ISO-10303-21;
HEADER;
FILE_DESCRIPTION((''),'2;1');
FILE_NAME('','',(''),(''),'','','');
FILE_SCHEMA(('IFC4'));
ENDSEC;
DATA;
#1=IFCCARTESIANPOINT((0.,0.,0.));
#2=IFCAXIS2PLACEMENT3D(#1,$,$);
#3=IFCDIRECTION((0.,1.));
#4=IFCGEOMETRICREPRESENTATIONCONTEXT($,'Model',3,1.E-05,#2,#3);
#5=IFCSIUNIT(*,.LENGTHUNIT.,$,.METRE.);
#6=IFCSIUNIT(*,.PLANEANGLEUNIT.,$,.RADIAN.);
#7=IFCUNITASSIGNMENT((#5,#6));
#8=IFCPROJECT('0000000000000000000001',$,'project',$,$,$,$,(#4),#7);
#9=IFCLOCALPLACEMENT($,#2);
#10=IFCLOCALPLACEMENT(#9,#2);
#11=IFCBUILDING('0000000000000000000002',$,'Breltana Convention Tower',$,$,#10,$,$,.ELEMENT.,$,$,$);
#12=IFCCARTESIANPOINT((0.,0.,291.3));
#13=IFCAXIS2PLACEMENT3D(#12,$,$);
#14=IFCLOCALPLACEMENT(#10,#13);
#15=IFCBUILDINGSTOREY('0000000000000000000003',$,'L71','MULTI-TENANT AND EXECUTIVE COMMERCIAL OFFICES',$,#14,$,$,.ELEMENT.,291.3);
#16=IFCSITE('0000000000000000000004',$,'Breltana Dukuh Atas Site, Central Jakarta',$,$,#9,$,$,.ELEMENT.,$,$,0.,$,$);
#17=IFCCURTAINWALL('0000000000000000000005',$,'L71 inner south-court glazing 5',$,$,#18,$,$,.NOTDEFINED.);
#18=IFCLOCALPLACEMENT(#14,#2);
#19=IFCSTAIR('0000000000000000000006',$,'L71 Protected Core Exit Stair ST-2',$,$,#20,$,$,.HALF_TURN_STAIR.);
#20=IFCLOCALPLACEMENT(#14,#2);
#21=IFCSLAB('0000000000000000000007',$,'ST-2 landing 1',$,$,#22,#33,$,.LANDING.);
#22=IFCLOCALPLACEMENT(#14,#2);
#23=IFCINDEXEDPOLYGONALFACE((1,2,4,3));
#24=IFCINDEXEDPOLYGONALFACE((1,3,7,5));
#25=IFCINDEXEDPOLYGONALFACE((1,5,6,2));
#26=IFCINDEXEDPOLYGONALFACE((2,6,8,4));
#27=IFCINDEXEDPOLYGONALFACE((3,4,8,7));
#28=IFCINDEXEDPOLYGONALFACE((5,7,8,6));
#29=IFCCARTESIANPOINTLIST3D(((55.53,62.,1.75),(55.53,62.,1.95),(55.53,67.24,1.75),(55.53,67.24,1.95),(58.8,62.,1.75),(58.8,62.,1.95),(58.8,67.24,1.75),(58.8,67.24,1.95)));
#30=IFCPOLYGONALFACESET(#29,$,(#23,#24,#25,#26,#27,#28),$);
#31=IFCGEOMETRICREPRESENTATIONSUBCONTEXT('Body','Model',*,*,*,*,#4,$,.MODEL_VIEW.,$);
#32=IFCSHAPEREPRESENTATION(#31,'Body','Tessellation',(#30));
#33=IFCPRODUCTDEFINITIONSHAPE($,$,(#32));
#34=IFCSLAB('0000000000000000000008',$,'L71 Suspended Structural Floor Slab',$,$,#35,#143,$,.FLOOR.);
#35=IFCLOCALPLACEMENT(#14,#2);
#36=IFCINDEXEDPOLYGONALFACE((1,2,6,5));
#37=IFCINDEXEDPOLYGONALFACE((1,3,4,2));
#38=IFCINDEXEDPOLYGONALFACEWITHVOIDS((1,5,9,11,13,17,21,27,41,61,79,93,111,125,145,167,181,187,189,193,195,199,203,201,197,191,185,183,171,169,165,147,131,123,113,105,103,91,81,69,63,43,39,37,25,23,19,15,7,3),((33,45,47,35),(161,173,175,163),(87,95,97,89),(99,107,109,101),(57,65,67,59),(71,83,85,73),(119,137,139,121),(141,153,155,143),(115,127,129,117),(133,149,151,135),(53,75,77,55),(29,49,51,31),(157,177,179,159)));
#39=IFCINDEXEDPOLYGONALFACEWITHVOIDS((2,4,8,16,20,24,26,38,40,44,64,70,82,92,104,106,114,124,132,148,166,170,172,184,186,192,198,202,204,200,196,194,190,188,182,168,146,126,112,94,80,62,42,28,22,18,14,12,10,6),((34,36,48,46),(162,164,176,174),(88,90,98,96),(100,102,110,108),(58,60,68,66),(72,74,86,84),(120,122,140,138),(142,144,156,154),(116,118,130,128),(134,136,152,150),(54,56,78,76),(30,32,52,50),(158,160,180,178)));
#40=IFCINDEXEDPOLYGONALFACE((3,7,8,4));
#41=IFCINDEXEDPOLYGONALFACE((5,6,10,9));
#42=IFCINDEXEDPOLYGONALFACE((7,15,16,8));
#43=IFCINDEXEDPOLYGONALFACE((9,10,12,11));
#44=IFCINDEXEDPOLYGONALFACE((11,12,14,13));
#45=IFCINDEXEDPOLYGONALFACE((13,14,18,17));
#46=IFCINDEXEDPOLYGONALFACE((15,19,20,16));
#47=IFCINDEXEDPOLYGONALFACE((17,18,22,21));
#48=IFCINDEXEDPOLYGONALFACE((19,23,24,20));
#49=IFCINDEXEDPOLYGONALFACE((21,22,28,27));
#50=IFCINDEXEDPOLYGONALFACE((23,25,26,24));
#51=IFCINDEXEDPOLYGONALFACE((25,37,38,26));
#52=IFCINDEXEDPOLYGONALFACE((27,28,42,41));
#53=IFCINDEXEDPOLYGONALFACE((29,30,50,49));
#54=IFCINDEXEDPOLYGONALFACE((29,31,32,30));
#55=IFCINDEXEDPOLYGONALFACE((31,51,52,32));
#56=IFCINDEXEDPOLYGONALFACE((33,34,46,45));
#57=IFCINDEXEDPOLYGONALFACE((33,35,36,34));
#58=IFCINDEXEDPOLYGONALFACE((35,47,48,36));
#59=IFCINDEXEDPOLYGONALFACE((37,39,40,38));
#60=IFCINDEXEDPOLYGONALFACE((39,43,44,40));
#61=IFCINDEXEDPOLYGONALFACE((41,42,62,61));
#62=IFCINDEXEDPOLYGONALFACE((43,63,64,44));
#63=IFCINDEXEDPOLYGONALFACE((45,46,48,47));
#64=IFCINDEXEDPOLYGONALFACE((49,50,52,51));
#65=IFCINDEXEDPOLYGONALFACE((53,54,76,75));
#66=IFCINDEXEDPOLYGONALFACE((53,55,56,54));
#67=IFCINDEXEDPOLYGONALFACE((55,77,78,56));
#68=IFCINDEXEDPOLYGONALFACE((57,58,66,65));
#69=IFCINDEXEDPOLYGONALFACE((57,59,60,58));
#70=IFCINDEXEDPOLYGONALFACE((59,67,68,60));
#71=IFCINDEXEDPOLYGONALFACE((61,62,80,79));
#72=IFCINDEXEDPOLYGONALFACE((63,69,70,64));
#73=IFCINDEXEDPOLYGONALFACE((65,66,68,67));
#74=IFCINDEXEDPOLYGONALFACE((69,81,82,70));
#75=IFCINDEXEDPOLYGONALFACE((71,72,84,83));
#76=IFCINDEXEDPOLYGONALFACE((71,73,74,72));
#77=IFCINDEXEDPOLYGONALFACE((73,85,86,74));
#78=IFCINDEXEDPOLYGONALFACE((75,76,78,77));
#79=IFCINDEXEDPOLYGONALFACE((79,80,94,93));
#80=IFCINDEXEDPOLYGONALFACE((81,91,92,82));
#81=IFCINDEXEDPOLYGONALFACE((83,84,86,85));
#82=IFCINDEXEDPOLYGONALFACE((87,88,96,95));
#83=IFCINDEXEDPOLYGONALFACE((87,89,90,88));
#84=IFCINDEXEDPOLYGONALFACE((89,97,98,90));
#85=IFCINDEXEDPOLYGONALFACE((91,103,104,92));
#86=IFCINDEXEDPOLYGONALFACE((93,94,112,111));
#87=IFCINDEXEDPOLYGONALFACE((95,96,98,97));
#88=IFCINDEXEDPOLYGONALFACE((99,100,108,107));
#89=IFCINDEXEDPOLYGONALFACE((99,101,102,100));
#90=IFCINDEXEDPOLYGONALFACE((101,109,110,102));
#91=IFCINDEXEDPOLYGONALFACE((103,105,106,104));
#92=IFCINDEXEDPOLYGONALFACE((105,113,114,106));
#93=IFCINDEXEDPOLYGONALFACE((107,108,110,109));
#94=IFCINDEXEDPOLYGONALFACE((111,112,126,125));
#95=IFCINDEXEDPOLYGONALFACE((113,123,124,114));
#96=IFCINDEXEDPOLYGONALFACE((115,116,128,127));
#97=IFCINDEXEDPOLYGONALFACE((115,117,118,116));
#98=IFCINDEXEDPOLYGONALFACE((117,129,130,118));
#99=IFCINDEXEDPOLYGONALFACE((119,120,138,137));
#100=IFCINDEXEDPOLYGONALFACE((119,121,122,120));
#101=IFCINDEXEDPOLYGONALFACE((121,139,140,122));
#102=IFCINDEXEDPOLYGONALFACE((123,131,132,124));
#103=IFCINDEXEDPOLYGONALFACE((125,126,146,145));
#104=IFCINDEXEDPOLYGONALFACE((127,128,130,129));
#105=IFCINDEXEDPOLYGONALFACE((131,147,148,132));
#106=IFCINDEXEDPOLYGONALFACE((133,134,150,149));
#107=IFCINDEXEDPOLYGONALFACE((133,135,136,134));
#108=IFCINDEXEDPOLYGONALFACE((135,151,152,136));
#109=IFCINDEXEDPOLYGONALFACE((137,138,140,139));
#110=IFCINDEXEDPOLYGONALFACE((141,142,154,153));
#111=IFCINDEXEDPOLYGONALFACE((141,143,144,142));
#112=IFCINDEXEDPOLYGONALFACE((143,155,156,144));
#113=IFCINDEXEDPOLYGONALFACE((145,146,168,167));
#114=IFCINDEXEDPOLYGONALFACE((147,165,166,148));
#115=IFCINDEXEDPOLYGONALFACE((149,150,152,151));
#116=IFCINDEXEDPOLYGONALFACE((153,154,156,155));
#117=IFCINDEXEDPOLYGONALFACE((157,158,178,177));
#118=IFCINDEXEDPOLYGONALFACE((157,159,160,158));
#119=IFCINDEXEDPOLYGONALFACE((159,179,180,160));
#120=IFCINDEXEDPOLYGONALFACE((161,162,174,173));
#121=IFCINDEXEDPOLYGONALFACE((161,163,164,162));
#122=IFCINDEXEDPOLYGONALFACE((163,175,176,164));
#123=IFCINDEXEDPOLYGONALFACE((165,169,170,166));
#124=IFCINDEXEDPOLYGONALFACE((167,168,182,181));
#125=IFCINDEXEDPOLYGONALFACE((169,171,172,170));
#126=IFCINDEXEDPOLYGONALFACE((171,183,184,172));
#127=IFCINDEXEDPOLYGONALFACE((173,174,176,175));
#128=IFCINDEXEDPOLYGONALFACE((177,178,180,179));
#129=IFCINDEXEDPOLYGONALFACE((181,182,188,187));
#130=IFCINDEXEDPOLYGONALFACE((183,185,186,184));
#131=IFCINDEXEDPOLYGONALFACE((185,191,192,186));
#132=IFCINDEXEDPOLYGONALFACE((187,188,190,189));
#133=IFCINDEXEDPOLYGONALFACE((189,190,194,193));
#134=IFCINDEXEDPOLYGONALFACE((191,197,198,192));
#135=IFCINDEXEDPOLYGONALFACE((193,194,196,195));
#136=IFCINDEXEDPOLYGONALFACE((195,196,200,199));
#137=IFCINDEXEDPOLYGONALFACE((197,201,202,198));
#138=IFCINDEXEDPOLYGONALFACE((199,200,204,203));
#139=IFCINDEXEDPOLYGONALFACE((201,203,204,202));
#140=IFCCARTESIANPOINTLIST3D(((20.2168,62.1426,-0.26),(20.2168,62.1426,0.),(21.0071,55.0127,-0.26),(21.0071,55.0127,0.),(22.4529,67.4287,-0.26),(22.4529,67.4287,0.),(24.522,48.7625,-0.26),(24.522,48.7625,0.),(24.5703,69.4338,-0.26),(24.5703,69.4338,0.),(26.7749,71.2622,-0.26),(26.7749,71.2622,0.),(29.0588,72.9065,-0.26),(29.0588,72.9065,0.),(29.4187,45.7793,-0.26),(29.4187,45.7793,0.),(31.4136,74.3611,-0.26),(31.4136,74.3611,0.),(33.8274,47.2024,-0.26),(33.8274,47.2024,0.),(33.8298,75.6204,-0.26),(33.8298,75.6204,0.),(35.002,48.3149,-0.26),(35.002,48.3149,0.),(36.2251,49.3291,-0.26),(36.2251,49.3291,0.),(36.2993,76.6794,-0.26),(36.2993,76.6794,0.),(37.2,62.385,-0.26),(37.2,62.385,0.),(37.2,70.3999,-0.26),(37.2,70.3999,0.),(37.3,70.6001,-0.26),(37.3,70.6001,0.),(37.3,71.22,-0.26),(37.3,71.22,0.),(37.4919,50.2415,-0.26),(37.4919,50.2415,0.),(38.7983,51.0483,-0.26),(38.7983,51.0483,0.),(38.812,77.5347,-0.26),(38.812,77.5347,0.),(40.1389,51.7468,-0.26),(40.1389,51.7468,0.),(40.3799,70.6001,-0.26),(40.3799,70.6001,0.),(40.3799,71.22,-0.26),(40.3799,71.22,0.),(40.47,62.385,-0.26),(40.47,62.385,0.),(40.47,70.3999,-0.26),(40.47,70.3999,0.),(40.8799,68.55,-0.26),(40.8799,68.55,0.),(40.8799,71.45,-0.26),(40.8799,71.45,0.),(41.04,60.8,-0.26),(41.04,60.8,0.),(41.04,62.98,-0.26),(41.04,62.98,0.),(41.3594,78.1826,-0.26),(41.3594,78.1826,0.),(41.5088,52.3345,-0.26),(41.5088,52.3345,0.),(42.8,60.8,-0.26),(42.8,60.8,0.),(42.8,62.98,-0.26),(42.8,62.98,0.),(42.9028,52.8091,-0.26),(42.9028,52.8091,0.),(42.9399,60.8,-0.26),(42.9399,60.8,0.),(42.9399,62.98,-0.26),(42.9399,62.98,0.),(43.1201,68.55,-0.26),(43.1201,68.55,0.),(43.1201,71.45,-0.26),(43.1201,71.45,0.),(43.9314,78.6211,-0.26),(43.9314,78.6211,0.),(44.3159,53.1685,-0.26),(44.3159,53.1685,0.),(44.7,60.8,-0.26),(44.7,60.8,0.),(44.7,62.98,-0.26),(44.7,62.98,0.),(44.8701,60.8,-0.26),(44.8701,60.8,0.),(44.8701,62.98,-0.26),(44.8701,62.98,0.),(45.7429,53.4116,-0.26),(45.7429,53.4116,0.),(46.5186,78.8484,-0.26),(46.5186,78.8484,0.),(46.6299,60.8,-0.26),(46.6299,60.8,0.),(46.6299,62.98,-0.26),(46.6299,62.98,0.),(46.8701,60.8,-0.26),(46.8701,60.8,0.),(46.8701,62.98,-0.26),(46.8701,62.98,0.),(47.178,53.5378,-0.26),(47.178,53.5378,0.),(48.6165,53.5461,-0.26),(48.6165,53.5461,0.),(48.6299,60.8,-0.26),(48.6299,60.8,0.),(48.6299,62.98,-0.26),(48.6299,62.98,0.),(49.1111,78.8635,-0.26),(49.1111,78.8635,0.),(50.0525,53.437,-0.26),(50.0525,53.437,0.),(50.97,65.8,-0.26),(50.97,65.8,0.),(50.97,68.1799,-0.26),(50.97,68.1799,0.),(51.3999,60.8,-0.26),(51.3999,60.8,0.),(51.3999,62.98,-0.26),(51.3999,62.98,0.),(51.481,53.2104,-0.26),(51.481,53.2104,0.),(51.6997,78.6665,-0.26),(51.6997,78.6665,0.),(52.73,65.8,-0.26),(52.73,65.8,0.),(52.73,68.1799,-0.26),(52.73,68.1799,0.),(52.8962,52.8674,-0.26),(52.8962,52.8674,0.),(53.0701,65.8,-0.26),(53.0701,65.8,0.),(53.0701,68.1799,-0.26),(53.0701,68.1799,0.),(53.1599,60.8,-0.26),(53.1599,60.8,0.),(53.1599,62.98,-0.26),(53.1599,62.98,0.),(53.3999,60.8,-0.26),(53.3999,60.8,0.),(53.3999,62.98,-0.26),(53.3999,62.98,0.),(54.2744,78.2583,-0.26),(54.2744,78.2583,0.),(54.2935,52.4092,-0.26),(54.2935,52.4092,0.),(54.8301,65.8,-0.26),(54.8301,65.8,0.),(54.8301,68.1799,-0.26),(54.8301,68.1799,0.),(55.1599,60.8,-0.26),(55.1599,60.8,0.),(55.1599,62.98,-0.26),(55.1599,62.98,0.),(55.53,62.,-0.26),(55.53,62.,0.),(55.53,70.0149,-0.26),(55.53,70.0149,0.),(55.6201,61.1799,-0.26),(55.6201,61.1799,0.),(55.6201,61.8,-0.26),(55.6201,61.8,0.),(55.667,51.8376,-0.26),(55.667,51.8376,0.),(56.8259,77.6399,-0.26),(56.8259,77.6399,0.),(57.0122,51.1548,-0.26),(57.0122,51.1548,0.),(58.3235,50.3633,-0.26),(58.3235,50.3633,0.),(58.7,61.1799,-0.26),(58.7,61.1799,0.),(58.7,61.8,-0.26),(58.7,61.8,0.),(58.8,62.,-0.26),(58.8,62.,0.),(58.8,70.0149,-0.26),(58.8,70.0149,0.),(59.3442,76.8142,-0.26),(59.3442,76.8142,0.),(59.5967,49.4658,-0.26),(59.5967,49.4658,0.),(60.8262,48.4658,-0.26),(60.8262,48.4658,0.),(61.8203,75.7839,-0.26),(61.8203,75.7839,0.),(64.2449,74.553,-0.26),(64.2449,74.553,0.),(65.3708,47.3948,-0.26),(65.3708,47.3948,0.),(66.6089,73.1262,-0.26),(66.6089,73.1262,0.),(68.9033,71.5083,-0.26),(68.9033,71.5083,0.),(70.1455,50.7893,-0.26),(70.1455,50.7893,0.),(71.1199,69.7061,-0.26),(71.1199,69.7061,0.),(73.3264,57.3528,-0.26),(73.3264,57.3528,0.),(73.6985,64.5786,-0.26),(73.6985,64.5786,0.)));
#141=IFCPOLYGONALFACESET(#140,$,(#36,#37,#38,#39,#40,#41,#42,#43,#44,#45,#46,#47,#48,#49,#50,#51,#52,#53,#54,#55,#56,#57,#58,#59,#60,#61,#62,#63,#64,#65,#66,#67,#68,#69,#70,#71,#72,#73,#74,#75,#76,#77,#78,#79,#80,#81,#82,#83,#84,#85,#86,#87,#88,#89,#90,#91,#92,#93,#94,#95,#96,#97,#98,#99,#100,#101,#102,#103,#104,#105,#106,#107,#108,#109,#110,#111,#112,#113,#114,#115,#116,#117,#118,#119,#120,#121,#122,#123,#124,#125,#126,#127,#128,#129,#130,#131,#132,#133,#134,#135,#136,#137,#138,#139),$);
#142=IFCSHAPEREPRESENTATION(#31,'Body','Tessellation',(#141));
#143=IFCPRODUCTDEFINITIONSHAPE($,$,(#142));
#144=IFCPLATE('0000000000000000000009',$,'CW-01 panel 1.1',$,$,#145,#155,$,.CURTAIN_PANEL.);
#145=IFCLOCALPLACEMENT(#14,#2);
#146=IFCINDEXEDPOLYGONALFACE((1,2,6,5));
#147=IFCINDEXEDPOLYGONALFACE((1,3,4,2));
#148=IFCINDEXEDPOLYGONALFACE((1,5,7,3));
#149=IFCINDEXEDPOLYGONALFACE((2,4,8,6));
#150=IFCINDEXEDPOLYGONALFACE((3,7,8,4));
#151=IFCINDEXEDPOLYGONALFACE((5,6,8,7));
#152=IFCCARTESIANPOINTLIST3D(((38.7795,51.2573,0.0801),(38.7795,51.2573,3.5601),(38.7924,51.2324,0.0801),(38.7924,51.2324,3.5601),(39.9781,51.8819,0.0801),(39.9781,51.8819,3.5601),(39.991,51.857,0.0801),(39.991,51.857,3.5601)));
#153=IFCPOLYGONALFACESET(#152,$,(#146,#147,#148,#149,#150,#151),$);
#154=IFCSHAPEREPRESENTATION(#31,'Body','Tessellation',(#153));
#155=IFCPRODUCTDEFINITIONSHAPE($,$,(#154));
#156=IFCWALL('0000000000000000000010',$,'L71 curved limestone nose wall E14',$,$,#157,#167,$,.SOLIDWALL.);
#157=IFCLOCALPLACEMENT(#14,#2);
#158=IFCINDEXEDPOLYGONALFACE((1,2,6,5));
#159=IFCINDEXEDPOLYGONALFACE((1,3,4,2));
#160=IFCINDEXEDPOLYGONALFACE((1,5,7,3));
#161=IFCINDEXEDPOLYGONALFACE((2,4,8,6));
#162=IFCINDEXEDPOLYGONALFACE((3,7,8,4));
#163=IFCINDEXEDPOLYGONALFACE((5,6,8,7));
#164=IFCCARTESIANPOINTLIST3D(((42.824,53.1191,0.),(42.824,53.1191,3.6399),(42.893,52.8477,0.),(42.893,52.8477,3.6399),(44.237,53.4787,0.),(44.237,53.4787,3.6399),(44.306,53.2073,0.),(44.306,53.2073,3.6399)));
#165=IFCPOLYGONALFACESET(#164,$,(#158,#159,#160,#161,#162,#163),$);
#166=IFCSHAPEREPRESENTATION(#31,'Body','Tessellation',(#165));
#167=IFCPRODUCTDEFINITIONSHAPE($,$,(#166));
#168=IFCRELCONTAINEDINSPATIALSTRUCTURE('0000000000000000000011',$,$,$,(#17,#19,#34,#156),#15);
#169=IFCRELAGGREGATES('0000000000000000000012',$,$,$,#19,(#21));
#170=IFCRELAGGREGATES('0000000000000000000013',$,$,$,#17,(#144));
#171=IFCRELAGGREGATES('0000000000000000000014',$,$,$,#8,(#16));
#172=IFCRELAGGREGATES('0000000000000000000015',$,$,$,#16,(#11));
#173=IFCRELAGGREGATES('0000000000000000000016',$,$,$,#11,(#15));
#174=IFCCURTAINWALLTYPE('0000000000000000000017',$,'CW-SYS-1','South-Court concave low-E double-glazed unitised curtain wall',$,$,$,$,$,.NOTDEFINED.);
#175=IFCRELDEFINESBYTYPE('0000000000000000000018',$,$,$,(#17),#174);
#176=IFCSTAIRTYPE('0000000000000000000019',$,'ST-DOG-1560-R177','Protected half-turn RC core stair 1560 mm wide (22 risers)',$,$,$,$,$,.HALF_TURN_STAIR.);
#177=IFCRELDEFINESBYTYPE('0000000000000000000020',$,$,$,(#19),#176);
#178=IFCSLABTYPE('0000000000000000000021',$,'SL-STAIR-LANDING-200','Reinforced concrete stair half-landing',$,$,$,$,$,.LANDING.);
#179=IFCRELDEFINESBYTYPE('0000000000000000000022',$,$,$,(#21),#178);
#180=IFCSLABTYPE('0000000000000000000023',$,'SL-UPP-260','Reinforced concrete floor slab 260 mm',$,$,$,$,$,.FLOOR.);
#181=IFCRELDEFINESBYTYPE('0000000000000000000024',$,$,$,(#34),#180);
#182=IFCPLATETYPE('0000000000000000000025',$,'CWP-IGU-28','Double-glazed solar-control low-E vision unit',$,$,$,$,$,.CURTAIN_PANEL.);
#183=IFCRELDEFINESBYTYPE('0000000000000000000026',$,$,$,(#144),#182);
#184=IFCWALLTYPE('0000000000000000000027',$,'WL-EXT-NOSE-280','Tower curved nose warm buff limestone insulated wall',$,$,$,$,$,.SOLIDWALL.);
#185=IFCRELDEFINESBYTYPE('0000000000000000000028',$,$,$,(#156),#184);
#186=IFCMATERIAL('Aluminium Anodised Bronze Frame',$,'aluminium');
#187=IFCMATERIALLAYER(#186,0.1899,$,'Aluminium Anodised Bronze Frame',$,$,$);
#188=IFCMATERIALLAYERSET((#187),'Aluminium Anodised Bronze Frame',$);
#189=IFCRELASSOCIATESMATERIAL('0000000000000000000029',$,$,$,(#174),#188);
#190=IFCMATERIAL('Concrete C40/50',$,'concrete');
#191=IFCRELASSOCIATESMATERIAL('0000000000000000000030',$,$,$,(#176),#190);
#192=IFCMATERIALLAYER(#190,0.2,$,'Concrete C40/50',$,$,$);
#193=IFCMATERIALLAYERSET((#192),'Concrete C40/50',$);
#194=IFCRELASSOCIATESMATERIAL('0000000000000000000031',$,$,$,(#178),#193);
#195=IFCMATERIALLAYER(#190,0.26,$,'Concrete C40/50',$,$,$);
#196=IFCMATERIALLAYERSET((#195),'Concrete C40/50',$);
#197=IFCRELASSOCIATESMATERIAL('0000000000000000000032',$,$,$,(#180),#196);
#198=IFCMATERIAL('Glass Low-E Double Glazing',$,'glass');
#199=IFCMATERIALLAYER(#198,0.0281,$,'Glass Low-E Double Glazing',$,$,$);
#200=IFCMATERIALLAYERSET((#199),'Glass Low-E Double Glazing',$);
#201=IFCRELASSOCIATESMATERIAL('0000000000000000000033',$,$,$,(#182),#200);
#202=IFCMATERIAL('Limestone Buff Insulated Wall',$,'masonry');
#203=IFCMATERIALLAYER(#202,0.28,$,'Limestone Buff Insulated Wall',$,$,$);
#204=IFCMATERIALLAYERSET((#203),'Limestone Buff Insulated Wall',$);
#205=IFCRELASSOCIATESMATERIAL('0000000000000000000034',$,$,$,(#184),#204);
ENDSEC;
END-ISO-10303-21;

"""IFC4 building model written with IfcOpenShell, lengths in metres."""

from ifc_helpers import new_model, si_unit, direction, frame, frame_2d, origin, origin_2d, place, context, subcontext, project, spatial, polyline, rectangle, outline, extrude, source, transform, mapped, material, layer, layer_set, type_object, element, aggregate, save


model = new_model("IFC4")

# Units and contexts
model_context = context("Model", 3, precision=1e-05, world=origin(), true_north=direction((0.0, 1.0)))
body_context = subcontext(model_context, "Body", "Model", "MODEL_VIEW")
ifc_project = project(units=[si_unit("LENGTHUNIT", "METRE"), si_unit("PLANEANGLEUNIT", "RADIAN")], contexts=[model_context])

# Site, building, storey
site_placement = place(None, origin())
site = spatial("IfcSite", under=ifc_project, at=site_placement, Name="Breltana Dukuh Atas Site, Central Jakarta", CompositionType="ELEMENT", RefElevation=0.0)
building_placement = place(site_placement, origin())
building = spatial("IfcBuilding", under=site, at=building_placement, Name="Breltana Convention Tower", CompositionType="ELEMENT")
storey_placement = place(building_placement, frame((0.0, 0.0, 291.3)))
storey = spatial("IfcBuildingStorey", under=building, at=storey_placement, Name="L71", Description="MULTI-TENANT AND EXECUTIVE COMMERCIAL OFFICES", CompositionType="ELEMENT", Elevation=291.3)

# Curtain wall
ifc_material_1 = material(Name="Aluminium Anodised Bronze Frame", Category="aluminium")
ifc_layer_1 = layer(ifc_material_1, 0.1899, Name="Aluminium Anodised Bronze Frame")
ifc_layer_set_1 = layer_set([ifc_layer_1], Name="Aluminium Anodised Bronze Frame")
curtain_wall_type = type_object("IfcCurtainWallType", Name="CW-SYS-1", Description="South-Court concave low-E double-glazed unitised curtain wall", PredefinedType="NOTDEFINED", material=ifc_layer_set_1)
curtain_wall_placement = place(storey_placement, origin())
curtain_wall = element("IfcCurtainWall", 1, at=curtain_wall_placement, inside=storey, type_object=curtain_wall_type, Name="L71 inner south-court glazing 5", PredefinedType="NOTDEFINED")

# Stair, slab
ifc_material_2 = material(Name="Concrete C40/50", Category="concrete")
stair_type = type_object("IfcStairType", Name="ST-DOG-1560-R177", Description="Protected half-turn RC core stair 1560 mm wide (22 risers)", PredefinedType="HALF_TURN_STAIR", material=ifc_material_2)
ifc_layer_2 = layer(ifc_material_2, 0.2, Name="Concrete C40/50")
ifc_layer_set_2 = layer_set([ifc_layer_2], Name="Concrete C40/50")
slab_type_1 = type_object("IfcSlabType", Name="SL-STAIR-LANDING-200", Description="Reinforced concrete stair half-landing", PredefinedType="LANDING", material=ifc_layer_set_2)
stair_1_placement = place(storey_placement, origin())
stair_1 = element("IfcStair", 2, at=stair_1_placement, inside=storey, type_object=stair_type, Name="L71 Protected Core Exit Stair ST-2", PredefinedType="HALF_TURN_STAIR")
slab_1_placement = place(storey_placement, frame((0.0, 0.0, 1.75)))
slab_1 = element("IfcSlab", 3, at=slab_1_placement, type_object=slab_type_1, Name="ST-2 landing 1", PredefinedType="LANDING", context=body_context, shape_type="SweptSolid", body=[
    extrude(outline(polyline([(55.53, 67.24), (55.53, 62.0), (58.8, 62.0), (58.8, 67.24), (55.53, 67.24)])), origin(), (0.0, 0.0, 1.0), 0.2),
])
aggregate(stair_1, [slab_1])

# Slab
ifc_layer_3 = layer(ifc_material_2, 0.26, Name="Concrete C40/50")
ifc_layer_set_3 = layer_set([ifc_layer_3], Name="Concrete C40/50")
slab_type_2 = type_object("IfcSlabType", Name="SL-UPP-260", Description="Reinforced concrete floor slab 260 mm", PredefinedType="FLOOR", material=ifc_layer_set_3)
slab_2_placement = place(storey_placement, frame((0.0, 0.0, -0.26)))
element("IfcSlab", 4, at=slab_2_placement, inside=storey, type_object=slab_type_2, Name="L71 Suspended Structural Floor Slab", PredefinedType="FLOOR", context=body_context, shape_type="SweptSolid", body=[
    extrude(outline(polyline([(71.1199, 69.7061), (68.9033, 71.5083), (66.6089, 73.1262), (64.2449, 74.553), (61.8203, 75.7839), (59.3442, 76.8142), (56.8259, 77.6399), (54.2744, 78.2583), (51.6997, 78.6665), (49.1111, 78.8635), (46.5186, 78.8484), (43.9314, 78.6211), (41.3594, 78.1826), (38.812, 77.5347), (36.2993, 76.6794), (33.8298, 75.6204), (31.4136, 74.3611), (29.0588, 72.9065), (26.7749, 71.2622), (24.5703, 69.4338), (22.4529, 67.4287), (20.2168, 62.1426), (21.0071, 55.0127), (24.522, 48.7625), (29.4187, 45.7793), (33.8274, 47.2024), (35.002, 48.3149), (36.2251, 49.3291), (37.4919, 50.2415), (38.7983, 51.0483), (40.1389, 51.7468), (41.5088, 52.3345), (42.9028, 52.8091), (44.3159, 53.1685), (45.7429, 53.4116), (47.178, 53.5378), (48.6165, 53.5461), (50.0525, 53.437), (51.481, 53.2104), (52.8962, 52.8674), (54.2935, 52.4092), (55.667, 51.8376), (57.0122, 51.1548), (58.3235, 50.3633), (59.5967, 49.4658), (60.8262, 48.4658), (65.3708, 47.3948), (70.1455, 50.7893), (73.3264, 57.3528), (73.6985, 64.5786), (71.1199, 69.7061)]), holes=[polyline([(37.2, 62.385), (40.47, 62.385), (40.47, 70.3999), (37.2, 70.3999), (37.2, 62.385)]), polyline([(55.53, 62.0), (58.8, 62.0), (58.8, 70.0149), (55.53, 70.0149), (55.53, 62.0)]), polyline([(41.04, 60.8), (42.8, 60.8), (42.8, 62.98), (41.04, 62.98), (41.04, 60.8)]), polyline([(42.9399, 60.8), (44.7, 60.8), (44.7, 62.98), (42.9399, 62.98), (42.9399, 60.8)]), polyline([(44.8701, 60.8), (46.6299, 60.8), (46.6299, 62.98), (44.8701, 62.98), (44.8701, 60.8)]), polyline([(46.8701, 60.8), (48.6299, 60.8), (48.6299, 62.98), (46.8701, 62.98), (46.8701, 60.8)]), polyline([(51.3999, 60.8), (53.1599, 60.8), (53.1599, 62.98), (51.3999, 62.98), (51.3999, 60.8)]), polyline([(53.3999, 60.8), (55.1599, 60.8), (55.1599, 62.98), (53.3999, 62.98), (53.3999, 60.8)]), polyline([(50.97, 65.8), (52.73, 65.8), (52.73, 68.1799), (50.97, 68.1799), (50.97, 65.8)]), polyline([(53.0701, 65.8), (54.8301, 65.8), (54.8301, 68.1799), (53.0701, 68.1799), (53.0701, 65.8)]), polyline([(40.8799, 68.55), (43.1201, 68.55), (43.1201, 71.45), (40.8799, 71.45), (40.8799, 68.55)]), polyline([(37.3, 70.6001), (40.3799, 70.6001), (40.3799, 71.22), (37.3, 71.22), (37.3, 70.6001)]), polyline([(55.6201, 61.1799), (58.7, 61.1799), (58.7, 61.8), (55.6201, 61.8), (55.6201, 61.1799)])]), origin(), (0.0, 0.0, 1.0), 0.26),
])

# Plate
ifc_material_3 = material(Name="Glass Low-E Double Glazing", Category="glass")
ifc_layer_4 = layer(ifc_material_3, 0.0281, Name="Glass Low-E Double Glazing")
ifc_layer_set_4 = layer_set([ifc_layer_4], Name="Glass Low-E Double Glazing")
plate_type = type_object("IfcPlateType", Name="CWP-IGU-28", Description="Double-glazed solar-control low-E vision unit", PredefinedType="CURTAIN_PANEL", material=ifc_layer_set_4)
shared_shape_1 = source(origin(), body_context, "Body", "SweptSolid", [
    extrude(rectangle(XDim=1.3516, YDim=0.0281, at=origin_2d()), origin(), (0.0, 0.0, 1.0), 3.48),
])
plate_placement = place(storey_placement, frame((39.3853, 51.5571, 0.0801), z_axis=(0.0, 0.0, 1.0), x_axis=(-0.886827, -0.462102, 0.0)))
plate = element("IfcPlate", 5, at=plate_placement, type_object=plate_type, Name="CW-01 panel 1.1", PredefinedType="CURTAIN_PANEL", context=body_context, shape_type="MappedRepresentation", body=[
    mapped(shared_shape_1, transform((0.0, 0.0, 0.0), scale=1.0)),
])
aggregate(curtain_wall, [plate])

# Wall
ifc_material_4 = material(Name="Limestone Buff Insulated Wall", Category="masonry")
ifc_layer_5 = layer(ifc_material_4, 0.28, Name="Limestone Buff Insulated Wall")
ifc_layer_set_5 = layer_set([ifc_layer_5], Name="Limestone Buff Insulated Wall")
wall_type_1 = type_object("IfcWallType", Name="WL-EXT-NOSE-280", Description="Tower curved nose warm buff limestone insulated wall", PredefinedType="SOLIDWALL", material=ifc_layer_set_5)
shared_shape_2 = source(origin(), body_context, "Body", "SweptSolid", [
    extrude(rectangle(XDim=1.458, YDim=0.28, at=frame_2d((0.729, 0.0))), origin(), (0.0, 0.0, 1.0), 3.6399),
])
wall_1_placement = place(storey_placement, frame((44.2715, 53.343, 0.0), z_axis=(0.0, 0.0, 1.0), x_axis=(-0.96911, -0.246631, 0.0)))
element("IfcWall", 6, at=wall_1_placement, inside=storey, type_object=wall_type_1, Name="L71 curved limestone nose wall E14", PredefinedType="SOLIDWALL", context=body_context, shape_type="MappedRepresentation", body=[
    mapped(shared_shape_2, transform((0.0, 0.0, 0.0), scale=1.0)),
])

save(model, "model.ifc")
